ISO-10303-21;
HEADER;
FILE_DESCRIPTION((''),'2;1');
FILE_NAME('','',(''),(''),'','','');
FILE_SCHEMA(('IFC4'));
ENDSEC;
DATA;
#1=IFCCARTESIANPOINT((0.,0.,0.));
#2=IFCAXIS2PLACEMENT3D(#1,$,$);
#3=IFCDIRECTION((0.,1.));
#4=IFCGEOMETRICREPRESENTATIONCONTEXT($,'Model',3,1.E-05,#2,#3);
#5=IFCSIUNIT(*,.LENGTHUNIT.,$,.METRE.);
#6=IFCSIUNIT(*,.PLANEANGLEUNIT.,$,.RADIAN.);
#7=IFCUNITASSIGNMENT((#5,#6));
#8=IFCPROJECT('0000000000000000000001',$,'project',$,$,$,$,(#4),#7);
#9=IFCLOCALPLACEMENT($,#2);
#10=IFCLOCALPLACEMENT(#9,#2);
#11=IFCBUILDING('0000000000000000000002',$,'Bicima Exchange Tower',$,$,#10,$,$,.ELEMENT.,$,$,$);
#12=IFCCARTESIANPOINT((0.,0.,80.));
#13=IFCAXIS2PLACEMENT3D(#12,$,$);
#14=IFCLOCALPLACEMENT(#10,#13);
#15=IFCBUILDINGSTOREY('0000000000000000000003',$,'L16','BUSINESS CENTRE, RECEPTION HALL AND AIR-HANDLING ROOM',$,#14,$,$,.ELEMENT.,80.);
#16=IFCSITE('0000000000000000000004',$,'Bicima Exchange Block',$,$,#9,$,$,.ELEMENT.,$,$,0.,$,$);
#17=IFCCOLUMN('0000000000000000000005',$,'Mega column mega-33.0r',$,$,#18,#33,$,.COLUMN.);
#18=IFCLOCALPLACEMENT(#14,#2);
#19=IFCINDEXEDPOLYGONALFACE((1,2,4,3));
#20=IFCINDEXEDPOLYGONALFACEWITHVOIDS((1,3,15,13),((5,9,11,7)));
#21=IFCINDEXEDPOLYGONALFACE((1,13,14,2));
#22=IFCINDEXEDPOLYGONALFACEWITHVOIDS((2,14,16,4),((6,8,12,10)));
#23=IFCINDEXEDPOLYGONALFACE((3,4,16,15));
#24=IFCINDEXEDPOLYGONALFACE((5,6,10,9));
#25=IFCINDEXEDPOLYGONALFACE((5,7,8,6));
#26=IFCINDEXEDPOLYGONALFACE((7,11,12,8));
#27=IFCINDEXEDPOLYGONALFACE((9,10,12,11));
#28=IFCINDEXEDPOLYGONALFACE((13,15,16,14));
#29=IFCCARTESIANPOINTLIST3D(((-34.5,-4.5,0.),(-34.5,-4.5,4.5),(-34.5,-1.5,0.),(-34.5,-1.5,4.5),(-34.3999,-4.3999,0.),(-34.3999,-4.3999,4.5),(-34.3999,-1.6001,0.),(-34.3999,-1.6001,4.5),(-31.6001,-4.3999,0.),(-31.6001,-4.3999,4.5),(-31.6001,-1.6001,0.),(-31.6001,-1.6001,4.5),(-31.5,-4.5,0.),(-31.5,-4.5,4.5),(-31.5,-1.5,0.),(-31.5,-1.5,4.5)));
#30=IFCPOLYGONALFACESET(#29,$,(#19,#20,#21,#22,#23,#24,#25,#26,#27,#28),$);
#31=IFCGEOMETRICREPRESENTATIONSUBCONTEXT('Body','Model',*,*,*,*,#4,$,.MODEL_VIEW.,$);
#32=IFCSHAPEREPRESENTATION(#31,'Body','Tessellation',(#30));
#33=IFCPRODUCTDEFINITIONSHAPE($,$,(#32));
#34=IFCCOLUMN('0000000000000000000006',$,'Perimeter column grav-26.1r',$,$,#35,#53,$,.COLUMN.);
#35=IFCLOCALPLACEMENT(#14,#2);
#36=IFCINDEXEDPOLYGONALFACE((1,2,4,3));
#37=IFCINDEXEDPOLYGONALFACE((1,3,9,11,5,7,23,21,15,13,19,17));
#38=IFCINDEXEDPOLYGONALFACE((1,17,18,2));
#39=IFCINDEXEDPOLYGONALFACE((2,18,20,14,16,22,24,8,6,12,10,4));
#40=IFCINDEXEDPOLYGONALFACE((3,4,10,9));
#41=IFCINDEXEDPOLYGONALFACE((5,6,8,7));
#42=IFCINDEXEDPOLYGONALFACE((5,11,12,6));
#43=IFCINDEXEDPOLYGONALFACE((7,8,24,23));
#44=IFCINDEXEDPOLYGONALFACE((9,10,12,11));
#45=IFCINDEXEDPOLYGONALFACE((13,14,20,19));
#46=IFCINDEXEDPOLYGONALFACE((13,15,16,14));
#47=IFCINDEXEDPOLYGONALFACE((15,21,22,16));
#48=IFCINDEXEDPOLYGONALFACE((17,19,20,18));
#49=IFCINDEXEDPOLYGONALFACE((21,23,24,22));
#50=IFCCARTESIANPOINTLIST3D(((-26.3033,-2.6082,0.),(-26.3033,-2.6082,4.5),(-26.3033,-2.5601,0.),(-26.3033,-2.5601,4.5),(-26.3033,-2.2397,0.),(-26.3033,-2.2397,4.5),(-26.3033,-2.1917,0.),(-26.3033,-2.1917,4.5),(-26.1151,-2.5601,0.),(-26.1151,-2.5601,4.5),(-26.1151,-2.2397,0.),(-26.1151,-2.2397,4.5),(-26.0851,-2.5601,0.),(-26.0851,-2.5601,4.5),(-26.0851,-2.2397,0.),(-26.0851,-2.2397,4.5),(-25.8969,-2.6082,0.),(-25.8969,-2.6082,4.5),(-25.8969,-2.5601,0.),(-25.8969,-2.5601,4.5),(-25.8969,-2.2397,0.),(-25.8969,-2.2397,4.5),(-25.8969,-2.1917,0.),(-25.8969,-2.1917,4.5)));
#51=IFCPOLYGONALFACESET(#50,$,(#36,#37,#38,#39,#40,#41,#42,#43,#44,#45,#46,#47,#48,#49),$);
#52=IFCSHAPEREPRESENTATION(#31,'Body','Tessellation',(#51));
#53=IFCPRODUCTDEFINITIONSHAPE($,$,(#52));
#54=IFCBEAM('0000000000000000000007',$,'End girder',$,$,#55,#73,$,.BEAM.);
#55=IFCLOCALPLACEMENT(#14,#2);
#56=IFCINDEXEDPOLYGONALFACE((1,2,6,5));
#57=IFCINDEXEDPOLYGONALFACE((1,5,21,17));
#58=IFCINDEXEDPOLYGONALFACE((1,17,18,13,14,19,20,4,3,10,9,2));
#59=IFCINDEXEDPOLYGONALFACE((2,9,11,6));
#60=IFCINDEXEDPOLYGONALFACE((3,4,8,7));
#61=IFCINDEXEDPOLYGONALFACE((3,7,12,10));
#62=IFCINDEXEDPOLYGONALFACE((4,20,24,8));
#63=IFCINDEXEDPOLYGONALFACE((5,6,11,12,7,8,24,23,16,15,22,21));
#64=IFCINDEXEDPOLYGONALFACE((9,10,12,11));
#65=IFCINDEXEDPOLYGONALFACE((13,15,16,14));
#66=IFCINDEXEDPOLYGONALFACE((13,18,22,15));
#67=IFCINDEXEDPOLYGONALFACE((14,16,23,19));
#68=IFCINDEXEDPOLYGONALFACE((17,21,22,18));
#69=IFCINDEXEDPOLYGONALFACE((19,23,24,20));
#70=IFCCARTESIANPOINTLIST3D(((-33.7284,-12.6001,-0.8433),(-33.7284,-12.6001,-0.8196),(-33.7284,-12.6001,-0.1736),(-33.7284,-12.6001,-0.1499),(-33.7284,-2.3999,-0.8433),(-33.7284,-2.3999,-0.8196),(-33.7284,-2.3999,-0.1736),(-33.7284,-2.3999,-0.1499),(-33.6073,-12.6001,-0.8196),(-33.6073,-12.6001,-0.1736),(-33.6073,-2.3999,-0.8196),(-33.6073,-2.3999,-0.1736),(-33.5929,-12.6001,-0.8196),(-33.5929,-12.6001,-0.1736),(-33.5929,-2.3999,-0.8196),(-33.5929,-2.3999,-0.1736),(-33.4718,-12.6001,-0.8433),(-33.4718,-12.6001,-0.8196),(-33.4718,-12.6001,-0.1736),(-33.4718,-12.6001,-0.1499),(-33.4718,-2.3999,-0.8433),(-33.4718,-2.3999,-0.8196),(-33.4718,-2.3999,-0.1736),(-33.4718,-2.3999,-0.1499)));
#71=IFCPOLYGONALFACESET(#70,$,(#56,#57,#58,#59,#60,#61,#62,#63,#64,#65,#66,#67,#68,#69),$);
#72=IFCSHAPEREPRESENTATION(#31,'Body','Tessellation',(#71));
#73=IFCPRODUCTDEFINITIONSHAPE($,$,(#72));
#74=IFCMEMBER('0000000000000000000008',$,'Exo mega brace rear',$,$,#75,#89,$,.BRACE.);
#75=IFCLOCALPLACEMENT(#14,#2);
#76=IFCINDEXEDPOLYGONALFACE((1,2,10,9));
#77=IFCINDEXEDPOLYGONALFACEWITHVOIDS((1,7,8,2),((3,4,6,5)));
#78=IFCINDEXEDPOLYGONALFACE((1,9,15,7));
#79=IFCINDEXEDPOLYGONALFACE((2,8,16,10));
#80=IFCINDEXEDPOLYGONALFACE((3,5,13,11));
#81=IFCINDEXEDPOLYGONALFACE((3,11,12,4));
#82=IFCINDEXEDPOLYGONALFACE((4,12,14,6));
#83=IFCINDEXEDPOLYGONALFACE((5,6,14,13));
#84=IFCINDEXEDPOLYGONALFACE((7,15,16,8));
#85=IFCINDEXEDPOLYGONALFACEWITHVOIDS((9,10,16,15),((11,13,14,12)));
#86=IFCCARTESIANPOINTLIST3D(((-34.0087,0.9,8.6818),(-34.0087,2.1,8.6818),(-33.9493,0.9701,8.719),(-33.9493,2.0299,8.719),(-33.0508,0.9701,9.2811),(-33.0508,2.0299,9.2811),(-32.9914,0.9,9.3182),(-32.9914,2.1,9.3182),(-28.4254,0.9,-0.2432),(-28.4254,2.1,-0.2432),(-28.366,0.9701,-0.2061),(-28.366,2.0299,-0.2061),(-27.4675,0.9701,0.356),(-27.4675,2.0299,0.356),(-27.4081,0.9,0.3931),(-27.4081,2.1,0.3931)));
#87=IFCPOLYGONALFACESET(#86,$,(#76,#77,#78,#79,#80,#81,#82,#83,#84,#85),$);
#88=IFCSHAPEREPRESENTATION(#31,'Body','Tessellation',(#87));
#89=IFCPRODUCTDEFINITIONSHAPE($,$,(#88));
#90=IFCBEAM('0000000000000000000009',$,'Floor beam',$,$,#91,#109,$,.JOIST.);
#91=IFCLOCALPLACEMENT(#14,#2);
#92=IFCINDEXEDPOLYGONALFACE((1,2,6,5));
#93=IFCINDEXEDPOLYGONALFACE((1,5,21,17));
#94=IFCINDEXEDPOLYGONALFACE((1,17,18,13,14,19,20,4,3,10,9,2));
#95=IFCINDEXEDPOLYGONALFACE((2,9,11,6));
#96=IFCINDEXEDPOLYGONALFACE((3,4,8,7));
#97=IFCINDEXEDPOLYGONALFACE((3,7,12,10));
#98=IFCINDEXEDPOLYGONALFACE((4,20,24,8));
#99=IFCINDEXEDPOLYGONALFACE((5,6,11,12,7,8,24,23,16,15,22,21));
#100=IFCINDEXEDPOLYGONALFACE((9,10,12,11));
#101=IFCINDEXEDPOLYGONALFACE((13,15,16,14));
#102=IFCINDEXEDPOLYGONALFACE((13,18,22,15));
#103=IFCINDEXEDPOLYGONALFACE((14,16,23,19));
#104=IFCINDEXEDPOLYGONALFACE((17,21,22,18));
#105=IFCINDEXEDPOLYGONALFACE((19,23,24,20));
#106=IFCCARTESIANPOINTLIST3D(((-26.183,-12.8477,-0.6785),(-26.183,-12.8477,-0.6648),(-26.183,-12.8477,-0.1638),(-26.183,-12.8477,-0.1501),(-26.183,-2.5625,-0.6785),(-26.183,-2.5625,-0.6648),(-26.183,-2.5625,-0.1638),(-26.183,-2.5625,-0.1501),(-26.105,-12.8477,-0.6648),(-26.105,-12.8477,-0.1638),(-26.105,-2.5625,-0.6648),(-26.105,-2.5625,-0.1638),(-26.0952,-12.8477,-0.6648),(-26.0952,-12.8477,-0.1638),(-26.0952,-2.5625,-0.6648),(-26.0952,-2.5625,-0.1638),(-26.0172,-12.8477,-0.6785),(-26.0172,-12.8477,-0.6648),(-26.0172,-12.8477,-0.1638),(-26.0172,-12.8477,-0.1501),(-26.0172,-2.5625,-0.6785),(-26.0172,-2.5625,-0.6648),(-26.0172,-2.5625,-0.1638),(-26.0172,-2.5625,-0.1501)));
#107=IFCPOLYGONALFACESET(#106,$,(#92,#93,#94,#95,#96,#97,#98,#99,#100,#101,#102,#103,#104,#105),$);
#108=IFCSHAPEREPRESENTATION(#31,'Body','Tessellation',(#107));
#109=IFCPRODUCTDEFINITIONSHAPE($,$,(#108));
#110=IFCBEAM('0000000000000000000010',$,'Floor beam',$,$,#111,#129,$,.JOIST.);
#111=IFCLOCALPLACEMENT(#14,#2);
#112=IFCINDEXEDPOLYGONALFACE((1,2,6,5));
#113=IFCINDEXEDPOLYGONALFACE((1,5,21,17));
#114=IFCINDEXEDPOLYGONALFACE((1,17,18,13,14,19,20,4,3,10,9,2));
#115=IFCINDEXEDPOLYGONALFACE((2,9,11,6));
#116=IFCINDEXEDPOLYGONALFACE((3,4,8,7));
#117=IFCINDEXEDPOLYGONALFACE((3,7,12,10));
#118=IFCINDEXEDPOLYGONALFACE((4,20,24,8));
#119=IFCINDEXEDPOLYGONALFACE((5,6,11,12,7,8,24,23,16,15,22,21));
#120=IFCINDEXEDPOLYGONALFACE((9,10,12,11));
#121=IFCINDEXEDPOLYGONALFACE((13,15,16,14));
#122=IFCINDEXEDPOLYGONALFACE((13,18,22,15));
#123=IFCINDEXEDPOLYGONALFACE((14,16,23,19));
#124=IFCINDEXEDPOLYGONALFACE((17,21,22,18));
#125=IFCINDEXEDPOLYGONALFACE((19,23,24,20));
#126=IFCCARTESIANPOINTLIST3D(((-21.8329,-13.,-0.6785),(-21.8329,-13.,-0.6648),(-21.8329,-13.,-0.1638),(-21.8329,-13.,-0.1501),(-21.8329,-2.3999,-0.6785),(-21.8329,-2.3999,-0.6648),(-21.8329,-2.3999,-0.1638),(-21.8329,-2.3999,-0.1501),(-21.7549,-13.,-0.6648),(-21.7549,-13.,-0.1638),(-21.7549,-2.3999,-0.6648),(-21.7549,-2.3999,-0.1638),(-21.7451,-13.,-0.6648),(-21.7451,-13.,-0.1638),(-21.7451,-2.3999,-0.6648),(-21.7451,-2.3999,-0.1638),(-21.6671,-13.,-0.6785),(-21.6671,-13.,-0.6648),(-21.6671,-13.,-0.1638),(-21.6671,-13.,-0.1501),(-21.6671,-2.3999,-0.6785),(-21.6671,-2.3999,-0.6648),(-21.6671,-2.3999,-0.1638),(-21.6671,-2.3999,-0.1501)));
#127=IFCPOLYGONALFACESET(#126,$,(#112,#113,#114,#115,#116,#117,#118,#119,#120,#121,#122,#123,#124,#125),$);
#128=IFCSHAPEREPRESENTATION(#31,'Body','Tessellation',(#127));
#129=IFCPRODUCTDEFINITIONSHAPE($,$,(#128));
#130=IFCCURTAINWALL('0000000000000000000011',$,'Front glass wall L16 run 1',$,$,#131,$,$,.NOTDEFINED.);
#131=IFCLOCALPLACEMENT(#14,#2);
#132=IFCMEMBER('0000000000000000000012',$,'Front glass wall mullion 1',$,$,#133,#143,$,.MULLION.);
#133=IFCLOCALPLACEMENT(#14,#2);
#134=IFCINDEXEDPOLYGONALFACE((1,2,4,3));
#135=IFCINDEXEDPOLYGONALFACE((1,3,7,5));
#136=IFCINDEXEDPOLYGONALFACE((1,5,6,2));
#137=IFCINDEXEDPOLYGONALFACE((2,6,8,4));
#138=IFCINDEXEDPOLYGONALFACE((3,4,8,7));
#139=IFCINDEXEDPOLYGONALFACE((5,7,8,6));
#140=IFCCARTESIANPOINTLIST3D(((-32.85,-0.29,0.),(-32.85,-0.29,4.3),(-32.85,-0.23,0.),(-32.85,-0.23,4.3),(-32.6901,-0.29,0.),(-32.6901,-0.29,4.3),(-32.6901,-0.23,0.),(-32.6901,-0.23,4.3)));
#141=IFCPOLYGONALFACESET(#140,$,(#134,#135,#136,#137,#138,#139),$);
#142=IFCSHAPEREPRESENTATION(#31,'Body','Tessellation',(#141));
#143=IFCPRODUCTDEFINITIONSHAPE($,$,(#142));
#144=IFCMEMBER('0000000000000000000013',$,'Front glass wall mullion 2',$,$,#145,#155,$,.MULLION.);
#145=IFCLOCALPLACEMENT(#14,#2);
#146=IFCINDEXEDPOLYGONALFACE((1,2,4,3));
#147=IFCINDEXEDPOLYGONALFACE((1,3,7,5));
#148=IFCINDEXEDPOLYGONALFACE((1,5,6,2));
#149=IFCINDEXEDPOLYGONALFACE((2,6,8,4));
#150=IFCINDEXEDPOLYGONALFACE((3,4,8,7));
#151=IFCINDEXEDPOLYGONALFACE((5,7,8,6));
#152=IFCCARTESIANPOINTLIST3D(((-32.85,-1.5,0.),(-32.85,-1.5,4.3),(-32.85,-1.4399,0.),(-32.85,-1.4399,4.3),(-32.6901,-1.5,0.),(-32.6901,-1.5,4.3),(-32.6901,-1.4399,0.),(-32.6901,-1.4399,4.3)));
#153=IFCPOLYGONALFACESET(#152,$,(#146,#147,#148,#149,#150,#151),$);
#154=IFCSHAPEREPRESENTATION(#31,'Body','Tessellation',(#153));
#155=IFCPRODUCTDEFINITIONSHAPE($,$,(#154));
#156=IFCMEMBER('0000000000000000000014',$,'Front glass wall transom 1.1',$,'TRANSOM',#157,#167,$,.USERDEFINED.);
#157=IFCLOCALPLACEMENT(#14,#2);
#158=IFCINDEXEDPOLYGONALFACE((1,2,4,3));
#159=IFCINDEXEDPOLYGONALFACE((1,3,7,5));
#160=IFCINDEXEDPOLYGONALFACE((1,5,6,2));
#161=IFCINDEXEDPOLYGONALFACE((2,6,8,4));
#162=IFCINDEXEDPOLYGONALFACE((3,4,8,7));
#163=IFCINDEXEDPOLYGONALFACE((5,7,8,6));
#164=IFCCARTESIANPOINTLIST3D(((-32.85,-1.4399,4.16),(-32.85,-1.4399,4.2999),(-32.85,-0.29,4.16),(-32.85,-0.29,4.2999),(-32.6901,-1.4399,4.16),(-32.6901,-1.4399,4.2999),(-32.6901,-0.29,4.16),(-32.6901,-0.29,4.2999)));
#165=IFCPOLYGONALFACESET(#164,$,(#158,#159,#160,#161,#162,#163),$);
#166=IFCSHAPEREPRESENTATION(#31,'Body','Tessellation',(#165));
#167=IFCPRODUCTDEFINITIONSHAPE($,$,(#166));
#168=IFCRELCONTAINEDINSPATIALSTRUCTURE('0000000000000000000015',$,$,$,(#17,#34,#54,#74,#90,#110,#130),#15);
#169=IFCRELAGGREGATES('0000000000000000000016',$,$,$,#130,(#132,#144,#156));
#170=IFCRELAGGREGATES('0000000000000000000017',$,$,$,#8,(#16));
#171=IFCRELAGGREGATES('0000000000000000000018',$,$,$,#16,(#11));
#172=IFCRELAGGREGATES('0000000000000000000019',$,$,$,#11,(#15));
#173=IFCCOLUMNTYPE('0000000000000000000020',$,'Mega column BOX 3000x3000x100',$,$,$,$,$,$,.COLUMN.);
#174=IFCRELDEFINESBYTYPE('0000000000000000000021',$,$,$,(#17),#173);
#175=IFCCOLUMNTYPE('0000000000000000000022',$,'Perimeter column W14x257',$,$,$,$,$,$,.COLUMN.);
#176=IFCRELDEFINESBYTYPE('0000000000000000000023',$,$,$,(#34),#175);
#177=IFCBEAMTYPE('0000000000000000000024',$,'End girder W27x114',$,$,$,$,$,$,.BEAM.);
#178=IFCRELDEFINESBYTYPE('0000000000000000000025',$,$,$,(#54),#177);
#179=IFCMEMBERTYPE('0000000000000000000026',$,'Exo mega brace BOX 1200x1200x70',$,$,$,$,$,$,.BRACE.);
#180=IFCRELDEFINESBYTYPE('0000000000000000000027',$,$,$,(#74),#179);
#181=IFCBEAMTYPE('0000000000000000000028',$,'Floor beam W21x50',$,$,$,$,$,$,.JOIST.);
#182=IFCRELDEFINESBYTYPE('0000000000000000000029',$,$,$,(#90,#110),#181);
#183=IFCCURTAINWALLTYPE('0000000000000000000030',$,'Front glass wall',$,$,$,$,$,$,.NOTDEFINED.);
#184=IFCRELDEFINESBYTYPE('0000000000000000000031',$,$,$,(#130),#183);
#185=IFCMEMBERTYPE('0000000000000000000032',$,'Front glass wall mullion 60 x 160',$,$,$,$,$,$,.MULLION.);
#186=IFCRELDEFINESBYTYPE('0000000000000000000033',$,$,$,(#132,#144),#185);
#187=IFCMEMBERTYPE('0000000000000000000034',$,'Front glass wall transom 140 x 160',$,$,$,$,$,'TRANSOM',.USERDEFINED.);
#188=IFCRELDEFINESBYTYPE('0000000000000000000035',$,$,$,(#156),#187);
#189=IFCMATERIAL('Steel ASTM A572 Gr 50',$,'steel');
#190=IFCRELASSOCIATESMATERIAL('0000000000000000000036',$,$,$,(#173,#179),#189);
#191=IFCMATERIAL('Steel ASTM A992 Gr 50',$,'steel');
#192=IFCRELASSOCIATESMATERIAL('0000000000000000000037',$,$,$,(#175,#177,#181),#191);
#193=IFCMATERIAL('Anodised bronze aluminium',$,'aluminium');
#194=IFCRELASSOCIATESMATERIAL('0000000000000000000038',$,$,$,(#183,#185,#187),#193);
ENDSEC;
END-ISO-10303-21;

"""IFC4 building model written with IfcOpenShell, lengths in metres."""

from ifc_helpers import new_model, si_unit, direction, frame, origin, origin_2d, place, context, subcontext, project, spatial, rectangle, hollow_rectangle, i_section, extrude, material, material_profile, profile_set, type_object, element, aggregate, save


model = new_model("IFC4")

# Units and contexts
model_context = context("Model", 3, precision=1e-05, world=origin(), true_north=direction((0.0, 1.0)))
body_context = subcontext(model_context, "Body", "Model", "MODEL_VIEW")
ifc_project = project(units=[si_unit("LENGTHUNIT", "METRE"), si_unit("PLANEANGLEUNIT", "RADIAN")], contexts=[model_context])

# Site, building, storey
site_placement = place(None, origin())
site = spatial("IfcSite", under=ifc_project, at=site_placement, Name="Bicima Exchange Block", CompositionType="ELEMENT", RefElevation=0.0)
building_placement = place(site_placement, origin())
building = spatial("IfcBuilding", under=site, at=building_placement, Name="Bicima Exchange Tower", CompositionType="ELEMENT")
storey_placement = place(building_placement, frame((0.0, 0.0, 80.0)))
storey = spatial("IfcBuildingStorey", under=building, at=storey_placement, Name="L16", Description="BUSINESS CENTRE, RECEPTION HALL AND AIR-HANDLING ROOM", CompositionType="ELEMENT", Elevation=80.0)

# Columns
ifc_material_1 = material(Name="Steel ASTM A572 Gr 50", Category="steel")
ifc_material_profile_1 = material_profile(ifc_material_1, hollow_rectangle(XDim=3.0, YDim=3.0, WallThickness=0.1001, at=origin_2d()))
ifc_profile_set_1 = profile_set([ifc_material_profile_1], Name="Steel ASTM A572 Gr 50")
column_type_1 = type_object("IfcColumnType", Name="Mega column BOX 3000x3000x100", PredefinedType="COLUMN", material=ifc_profile_set_1)
column_1_placement = place(storey_placement, frame((-33.0, -3.0, 0.0), z_axis=(0.0, 0.0, 1.0), x_axis=(1.0, 0.0, 0.0)))
element("IfcColumn", 1, at=column_1_placement, inside=storey, type_object=column_type_1, Name="Mega column mega-33.0r", PredefinedType="COLUMN", context=body_context, shape_type="SweptSolid", body=[
    extrude(hollow_rectangle(XDim=3.0, YDim=3.0, WallThickness=0.1001, at=origin_2d()), origin(), (0.0, 0.0, 1.0), 4.5),
])
ifc_material_2 = material(Name="Steel ASTM A992 Gr 50", Category="steel")
ifc_material_profile_2 = material_profile(ifc_material_2, i_section(OverallWidth=0.4065, OverallDepth=0.4165, WebThickness=0.03, FlangeThickness=0.0481, at=origin_2d()))
ifc_profile_set_2 = profile_set([ifc_material_profile_2], Name="Steel ASTM A992 Gr 50")
column_type_2 = type_object("IfcColumnType", Name="Perimeter column W14x257", PredefinedType="COLUMN", material=ifc_profile_set_2)
column_2_placement = place(storey_placement, frame((-26.1001, -2.3999, 0.0), z_axis=(0.0, 0.0, 1.0), x_axis=(1.0, 0.0, 0.0)))
element("IfcColumn", 2, at=column_2_placement, inside=storey, type_object=column_type_2, Name="Perimeter column grav-26.1r", PredefinedType="COLUMN", context=body_context, shape_type="SweptSolid", body=[
    extrude(i_section(OverallWidth=0.4065, OverallDepth=0.4165, WebThickness=0.03, FlangeThickness=0.0481, at=origin_2d()), origin(), (0.0, 0.0, 1.0), 4.5),
])

# Beam
ifc_material_profile_3 = material_profile(ifc_material_2, i_section(OverallWidth=0.2566, OverallDepth=0.6934, WebThickness=0.0144, FlangeThickness=0.0237, at=origin_2d()))
ifc_profile_set_3 = profile_set([ifc_material_profile_3], Name="Steel ASTM A992 Gr 50")
beam_type_1 = type_object("IfcBeamType", Name="End girder W27x114", PredefinedType="BEAM", material=ifc_profile_set_3)
beam_1_placement = place(storey_placement, frame((-33.6001, -2.3999, -0.4966), z_axis=(0.0, -1.0, 0.0), x_axis=(1.0, 0.0, 0.0)))
element("IfcBeam", 3, at=beam_1_placement, inside=storey, type_object=beam_type_1, Name="End girder", PredefinedType="BEAM", context=body_context, shape_type="SweptSolid", body=[
    extrude(i_section(OverallWidth=0.2566, OverallDepth=0.6934, WebThickness=0.0144, FlangeThickness=0.0237, at=origin_2d()), origin(), (0.0, 0.0, 1.0), 10.2002),
])

# Member
ifc_material_profile_4 = material_profile(ifc_material_1, hollow_rectangle(XDim=1.2, YDim=1.2, WallThickness=0.0701, at=origin_2d()))
ifc_profile_set_4 = profile_set([ifc_material_profile_4], Name="Steel ASTM A572 Gr 50")
member_type_1 = type_object("IfcMemberType", Name="Exo mega brace BOX 1200x1200x70", PredefinedType="BRACE", material=ifc_profile_set_4)
member_1_placement = place(storey_placement, frame((-27.9167, 1.5, 0.075), z_axis=(-0.530347, 0.0, 0.847781), x_axis=(0.0, -1.0, 0.0)))
element("IfcMember", 4, at=member_1_placement, inside=storey, type_object=member_type_1, Name="Exo mega brace rear", PredefinedType="BRACE", context=body_context, shape_type="SweptSolid", body=[
    extrude(hollow_rectangle(XDim=1.2, YDim=1.2, WallThickness=0.0701, at=origin_2d()), origin(), (0.0, 0.0, 1.0), 10.5276),
])

# Beams
ifc_material_profile_5 = material_profile(ifc_material_2, i_section(OverallWidth=0.1658, OverallDepth=0.5283, WebThickness=0.0098, FlangeThickness=0.0137, at=origin_2d()))
ifc_profile_set_5 = profile_set([ifc_material_profile_5], Name="Steel ASTM A992 Gr 50")
beam_type_2 = type_object("IfcBeamType", Name="Floor beam W21x50", PredefinedType="JOIST", material=ifc_profile_set_5)
beam_2_placement = place(storey_placement, frame((-26.1001, -2.5625, -0.4143), z_axis=(0.0, -1.0, 0.0), x_axis=(1.0, 0.0, 0.0)))
element("IfcBeam", 5, at=beam_2_placement, inside=storey, type_object=beam_type_2, Name="Floor beam", PredefinedType="JOIST", context=body_context, shape_type="SweptSolid", body=[
    extrude(i_section(OverallWidth=0.1658, OverallDepth=0.5283, WebThickness=0.0098, FlangeThickness=0.0137, at=origin_2d()), origin(), (0.0, 0.0, 1.0), 10.2852),
])
beam_3_placement = place(storey_placement, frame((-21.75, -2.3999, -0.4143), z_axis=(0.0, -1.0, 0.0), x_axis=(1.0, 0.0, 0.0)))
element("IfcBeam", 6, at=beam_3_placement, inside=storey, type_object=beam_type_2, Name="Floor beam", PredefinedType="JOIST", context=body_context, shape_type="SweptSolid", body=[
    extrude(i_section(OverallWidth=0.1658, OverallDepth=0.5283, WebThickness=0.0098, FlangeThickness=0.0137, at=origin_2d()), origin(), (0.0, 0.0, 1.0), 10.6001),
])

# Curtain wall, members
ifc_material_3 = material(Name="Anodised bronze aluminium", Category="aluminium")
curtain_wall_type = type_object("IfcCurtainWallType", Name="Front glass wall", PredefinedType="NOTDEFINED", material=ifc_material_3)
curtain_wall_placement = place(storey_placement, origin())
curtain_wall = element("IfcCurtainWall", 7, at=curtain_wall_placement, inside=storey, type_object=curtain_wall_type, Name="Front glass wall L16 run 1", PredefinedType="NOTDEFINED")
ifc_material_profile_6 = material_profile(ifc_material_3, rectangle(XDim=0.1599, YDim=0.0601, at=origin_2d()))
ifc_profile_set_6 = profile_set([ifc_material_profile_6], Name="Anodised bronze aluminium")
member_type_2 = type_object("IfcMemberType", Name="Front glass wall mullion 60 x 160", PredefinedType="MULLION", material=ifc_profile_set_6)
member_2_placement = place(storey_placement, frame((-32.77, -0.26, 0.0), z_axis=(0.0, 0.0, 1.0), x_axis=(1.0, 0.0, 0.0)))
member_2 = element("IfcMember", 8, at=member_2_placement, type_object=member_type_2, Name="Front glass wall mullion 1", PredefinedType="MULLION", context=body_context, shape_type="SweptSolid", body=[
    extrude(rectangle(XDim=0.1599, YDim=0.0601, at=origin_2d()), origin(), (0.0, 0.0, 1.0), 4.3),
])
member_3_placement = place(storey_placement, frame((-32.77, -1.47, 0.0), z_axis=(0.0, 0.0, 1.0), x_axis=(1.0, 0.0, 0.0)))
member_3 = element("IfcMember", 9, at=member_3_placement, type_object=member_type_2, Name="Front glass wall mullion 2", PredefinedType="MULLION", context=body_context, shape_type="SweptSolid", body=[
    extrude(rectangle(XDim=0.1599, YDim=0.0601, at=origin_2d()), origin(), (0.0, 0.0, 1.0), 4.3),
])
ifc_material_profile_7 = material_profile(ifc_material_3, rectangle(XDim=0.1599, YDim=0.1399, at=origin_2d()))
ifc_profile_set_7 = profile_set([ifc_material_profile_7], Name="Anodised bronze aluminium")
member_type_3 = type_object("IfcMemberType", Name="Front glass wall transom 140 x 160", ElementType="TRANSOM", PredefinedType="USERDEFINED", material=ifc_profile_set_7)
member_4_placement = place(storey_placement, frame((-32.77, -0.29, 4.23), z_axis=(0.0, -1.0, 0.0), x_axis=(1.0, 0.0, 0.0)))
member_4 = element("IfcMember", 10, at=member_4_placement, type_object=member_type_3, Name="Front glass wall transom 1.1", ObjectType="TRANSOM", PredefinedType="USERDEFINED", context=body_context, shape_type="SweptSolid", body=[
    extrude(rectangle(XDim=0.1599, YDim=0.1399, at=origin_2d()), origin(), (0.0, 0.0, 1.0), 1.1499),
])

aggregate(curtain_wall, [member_2, member_3, member_4])

save(model, "model.ifc")
